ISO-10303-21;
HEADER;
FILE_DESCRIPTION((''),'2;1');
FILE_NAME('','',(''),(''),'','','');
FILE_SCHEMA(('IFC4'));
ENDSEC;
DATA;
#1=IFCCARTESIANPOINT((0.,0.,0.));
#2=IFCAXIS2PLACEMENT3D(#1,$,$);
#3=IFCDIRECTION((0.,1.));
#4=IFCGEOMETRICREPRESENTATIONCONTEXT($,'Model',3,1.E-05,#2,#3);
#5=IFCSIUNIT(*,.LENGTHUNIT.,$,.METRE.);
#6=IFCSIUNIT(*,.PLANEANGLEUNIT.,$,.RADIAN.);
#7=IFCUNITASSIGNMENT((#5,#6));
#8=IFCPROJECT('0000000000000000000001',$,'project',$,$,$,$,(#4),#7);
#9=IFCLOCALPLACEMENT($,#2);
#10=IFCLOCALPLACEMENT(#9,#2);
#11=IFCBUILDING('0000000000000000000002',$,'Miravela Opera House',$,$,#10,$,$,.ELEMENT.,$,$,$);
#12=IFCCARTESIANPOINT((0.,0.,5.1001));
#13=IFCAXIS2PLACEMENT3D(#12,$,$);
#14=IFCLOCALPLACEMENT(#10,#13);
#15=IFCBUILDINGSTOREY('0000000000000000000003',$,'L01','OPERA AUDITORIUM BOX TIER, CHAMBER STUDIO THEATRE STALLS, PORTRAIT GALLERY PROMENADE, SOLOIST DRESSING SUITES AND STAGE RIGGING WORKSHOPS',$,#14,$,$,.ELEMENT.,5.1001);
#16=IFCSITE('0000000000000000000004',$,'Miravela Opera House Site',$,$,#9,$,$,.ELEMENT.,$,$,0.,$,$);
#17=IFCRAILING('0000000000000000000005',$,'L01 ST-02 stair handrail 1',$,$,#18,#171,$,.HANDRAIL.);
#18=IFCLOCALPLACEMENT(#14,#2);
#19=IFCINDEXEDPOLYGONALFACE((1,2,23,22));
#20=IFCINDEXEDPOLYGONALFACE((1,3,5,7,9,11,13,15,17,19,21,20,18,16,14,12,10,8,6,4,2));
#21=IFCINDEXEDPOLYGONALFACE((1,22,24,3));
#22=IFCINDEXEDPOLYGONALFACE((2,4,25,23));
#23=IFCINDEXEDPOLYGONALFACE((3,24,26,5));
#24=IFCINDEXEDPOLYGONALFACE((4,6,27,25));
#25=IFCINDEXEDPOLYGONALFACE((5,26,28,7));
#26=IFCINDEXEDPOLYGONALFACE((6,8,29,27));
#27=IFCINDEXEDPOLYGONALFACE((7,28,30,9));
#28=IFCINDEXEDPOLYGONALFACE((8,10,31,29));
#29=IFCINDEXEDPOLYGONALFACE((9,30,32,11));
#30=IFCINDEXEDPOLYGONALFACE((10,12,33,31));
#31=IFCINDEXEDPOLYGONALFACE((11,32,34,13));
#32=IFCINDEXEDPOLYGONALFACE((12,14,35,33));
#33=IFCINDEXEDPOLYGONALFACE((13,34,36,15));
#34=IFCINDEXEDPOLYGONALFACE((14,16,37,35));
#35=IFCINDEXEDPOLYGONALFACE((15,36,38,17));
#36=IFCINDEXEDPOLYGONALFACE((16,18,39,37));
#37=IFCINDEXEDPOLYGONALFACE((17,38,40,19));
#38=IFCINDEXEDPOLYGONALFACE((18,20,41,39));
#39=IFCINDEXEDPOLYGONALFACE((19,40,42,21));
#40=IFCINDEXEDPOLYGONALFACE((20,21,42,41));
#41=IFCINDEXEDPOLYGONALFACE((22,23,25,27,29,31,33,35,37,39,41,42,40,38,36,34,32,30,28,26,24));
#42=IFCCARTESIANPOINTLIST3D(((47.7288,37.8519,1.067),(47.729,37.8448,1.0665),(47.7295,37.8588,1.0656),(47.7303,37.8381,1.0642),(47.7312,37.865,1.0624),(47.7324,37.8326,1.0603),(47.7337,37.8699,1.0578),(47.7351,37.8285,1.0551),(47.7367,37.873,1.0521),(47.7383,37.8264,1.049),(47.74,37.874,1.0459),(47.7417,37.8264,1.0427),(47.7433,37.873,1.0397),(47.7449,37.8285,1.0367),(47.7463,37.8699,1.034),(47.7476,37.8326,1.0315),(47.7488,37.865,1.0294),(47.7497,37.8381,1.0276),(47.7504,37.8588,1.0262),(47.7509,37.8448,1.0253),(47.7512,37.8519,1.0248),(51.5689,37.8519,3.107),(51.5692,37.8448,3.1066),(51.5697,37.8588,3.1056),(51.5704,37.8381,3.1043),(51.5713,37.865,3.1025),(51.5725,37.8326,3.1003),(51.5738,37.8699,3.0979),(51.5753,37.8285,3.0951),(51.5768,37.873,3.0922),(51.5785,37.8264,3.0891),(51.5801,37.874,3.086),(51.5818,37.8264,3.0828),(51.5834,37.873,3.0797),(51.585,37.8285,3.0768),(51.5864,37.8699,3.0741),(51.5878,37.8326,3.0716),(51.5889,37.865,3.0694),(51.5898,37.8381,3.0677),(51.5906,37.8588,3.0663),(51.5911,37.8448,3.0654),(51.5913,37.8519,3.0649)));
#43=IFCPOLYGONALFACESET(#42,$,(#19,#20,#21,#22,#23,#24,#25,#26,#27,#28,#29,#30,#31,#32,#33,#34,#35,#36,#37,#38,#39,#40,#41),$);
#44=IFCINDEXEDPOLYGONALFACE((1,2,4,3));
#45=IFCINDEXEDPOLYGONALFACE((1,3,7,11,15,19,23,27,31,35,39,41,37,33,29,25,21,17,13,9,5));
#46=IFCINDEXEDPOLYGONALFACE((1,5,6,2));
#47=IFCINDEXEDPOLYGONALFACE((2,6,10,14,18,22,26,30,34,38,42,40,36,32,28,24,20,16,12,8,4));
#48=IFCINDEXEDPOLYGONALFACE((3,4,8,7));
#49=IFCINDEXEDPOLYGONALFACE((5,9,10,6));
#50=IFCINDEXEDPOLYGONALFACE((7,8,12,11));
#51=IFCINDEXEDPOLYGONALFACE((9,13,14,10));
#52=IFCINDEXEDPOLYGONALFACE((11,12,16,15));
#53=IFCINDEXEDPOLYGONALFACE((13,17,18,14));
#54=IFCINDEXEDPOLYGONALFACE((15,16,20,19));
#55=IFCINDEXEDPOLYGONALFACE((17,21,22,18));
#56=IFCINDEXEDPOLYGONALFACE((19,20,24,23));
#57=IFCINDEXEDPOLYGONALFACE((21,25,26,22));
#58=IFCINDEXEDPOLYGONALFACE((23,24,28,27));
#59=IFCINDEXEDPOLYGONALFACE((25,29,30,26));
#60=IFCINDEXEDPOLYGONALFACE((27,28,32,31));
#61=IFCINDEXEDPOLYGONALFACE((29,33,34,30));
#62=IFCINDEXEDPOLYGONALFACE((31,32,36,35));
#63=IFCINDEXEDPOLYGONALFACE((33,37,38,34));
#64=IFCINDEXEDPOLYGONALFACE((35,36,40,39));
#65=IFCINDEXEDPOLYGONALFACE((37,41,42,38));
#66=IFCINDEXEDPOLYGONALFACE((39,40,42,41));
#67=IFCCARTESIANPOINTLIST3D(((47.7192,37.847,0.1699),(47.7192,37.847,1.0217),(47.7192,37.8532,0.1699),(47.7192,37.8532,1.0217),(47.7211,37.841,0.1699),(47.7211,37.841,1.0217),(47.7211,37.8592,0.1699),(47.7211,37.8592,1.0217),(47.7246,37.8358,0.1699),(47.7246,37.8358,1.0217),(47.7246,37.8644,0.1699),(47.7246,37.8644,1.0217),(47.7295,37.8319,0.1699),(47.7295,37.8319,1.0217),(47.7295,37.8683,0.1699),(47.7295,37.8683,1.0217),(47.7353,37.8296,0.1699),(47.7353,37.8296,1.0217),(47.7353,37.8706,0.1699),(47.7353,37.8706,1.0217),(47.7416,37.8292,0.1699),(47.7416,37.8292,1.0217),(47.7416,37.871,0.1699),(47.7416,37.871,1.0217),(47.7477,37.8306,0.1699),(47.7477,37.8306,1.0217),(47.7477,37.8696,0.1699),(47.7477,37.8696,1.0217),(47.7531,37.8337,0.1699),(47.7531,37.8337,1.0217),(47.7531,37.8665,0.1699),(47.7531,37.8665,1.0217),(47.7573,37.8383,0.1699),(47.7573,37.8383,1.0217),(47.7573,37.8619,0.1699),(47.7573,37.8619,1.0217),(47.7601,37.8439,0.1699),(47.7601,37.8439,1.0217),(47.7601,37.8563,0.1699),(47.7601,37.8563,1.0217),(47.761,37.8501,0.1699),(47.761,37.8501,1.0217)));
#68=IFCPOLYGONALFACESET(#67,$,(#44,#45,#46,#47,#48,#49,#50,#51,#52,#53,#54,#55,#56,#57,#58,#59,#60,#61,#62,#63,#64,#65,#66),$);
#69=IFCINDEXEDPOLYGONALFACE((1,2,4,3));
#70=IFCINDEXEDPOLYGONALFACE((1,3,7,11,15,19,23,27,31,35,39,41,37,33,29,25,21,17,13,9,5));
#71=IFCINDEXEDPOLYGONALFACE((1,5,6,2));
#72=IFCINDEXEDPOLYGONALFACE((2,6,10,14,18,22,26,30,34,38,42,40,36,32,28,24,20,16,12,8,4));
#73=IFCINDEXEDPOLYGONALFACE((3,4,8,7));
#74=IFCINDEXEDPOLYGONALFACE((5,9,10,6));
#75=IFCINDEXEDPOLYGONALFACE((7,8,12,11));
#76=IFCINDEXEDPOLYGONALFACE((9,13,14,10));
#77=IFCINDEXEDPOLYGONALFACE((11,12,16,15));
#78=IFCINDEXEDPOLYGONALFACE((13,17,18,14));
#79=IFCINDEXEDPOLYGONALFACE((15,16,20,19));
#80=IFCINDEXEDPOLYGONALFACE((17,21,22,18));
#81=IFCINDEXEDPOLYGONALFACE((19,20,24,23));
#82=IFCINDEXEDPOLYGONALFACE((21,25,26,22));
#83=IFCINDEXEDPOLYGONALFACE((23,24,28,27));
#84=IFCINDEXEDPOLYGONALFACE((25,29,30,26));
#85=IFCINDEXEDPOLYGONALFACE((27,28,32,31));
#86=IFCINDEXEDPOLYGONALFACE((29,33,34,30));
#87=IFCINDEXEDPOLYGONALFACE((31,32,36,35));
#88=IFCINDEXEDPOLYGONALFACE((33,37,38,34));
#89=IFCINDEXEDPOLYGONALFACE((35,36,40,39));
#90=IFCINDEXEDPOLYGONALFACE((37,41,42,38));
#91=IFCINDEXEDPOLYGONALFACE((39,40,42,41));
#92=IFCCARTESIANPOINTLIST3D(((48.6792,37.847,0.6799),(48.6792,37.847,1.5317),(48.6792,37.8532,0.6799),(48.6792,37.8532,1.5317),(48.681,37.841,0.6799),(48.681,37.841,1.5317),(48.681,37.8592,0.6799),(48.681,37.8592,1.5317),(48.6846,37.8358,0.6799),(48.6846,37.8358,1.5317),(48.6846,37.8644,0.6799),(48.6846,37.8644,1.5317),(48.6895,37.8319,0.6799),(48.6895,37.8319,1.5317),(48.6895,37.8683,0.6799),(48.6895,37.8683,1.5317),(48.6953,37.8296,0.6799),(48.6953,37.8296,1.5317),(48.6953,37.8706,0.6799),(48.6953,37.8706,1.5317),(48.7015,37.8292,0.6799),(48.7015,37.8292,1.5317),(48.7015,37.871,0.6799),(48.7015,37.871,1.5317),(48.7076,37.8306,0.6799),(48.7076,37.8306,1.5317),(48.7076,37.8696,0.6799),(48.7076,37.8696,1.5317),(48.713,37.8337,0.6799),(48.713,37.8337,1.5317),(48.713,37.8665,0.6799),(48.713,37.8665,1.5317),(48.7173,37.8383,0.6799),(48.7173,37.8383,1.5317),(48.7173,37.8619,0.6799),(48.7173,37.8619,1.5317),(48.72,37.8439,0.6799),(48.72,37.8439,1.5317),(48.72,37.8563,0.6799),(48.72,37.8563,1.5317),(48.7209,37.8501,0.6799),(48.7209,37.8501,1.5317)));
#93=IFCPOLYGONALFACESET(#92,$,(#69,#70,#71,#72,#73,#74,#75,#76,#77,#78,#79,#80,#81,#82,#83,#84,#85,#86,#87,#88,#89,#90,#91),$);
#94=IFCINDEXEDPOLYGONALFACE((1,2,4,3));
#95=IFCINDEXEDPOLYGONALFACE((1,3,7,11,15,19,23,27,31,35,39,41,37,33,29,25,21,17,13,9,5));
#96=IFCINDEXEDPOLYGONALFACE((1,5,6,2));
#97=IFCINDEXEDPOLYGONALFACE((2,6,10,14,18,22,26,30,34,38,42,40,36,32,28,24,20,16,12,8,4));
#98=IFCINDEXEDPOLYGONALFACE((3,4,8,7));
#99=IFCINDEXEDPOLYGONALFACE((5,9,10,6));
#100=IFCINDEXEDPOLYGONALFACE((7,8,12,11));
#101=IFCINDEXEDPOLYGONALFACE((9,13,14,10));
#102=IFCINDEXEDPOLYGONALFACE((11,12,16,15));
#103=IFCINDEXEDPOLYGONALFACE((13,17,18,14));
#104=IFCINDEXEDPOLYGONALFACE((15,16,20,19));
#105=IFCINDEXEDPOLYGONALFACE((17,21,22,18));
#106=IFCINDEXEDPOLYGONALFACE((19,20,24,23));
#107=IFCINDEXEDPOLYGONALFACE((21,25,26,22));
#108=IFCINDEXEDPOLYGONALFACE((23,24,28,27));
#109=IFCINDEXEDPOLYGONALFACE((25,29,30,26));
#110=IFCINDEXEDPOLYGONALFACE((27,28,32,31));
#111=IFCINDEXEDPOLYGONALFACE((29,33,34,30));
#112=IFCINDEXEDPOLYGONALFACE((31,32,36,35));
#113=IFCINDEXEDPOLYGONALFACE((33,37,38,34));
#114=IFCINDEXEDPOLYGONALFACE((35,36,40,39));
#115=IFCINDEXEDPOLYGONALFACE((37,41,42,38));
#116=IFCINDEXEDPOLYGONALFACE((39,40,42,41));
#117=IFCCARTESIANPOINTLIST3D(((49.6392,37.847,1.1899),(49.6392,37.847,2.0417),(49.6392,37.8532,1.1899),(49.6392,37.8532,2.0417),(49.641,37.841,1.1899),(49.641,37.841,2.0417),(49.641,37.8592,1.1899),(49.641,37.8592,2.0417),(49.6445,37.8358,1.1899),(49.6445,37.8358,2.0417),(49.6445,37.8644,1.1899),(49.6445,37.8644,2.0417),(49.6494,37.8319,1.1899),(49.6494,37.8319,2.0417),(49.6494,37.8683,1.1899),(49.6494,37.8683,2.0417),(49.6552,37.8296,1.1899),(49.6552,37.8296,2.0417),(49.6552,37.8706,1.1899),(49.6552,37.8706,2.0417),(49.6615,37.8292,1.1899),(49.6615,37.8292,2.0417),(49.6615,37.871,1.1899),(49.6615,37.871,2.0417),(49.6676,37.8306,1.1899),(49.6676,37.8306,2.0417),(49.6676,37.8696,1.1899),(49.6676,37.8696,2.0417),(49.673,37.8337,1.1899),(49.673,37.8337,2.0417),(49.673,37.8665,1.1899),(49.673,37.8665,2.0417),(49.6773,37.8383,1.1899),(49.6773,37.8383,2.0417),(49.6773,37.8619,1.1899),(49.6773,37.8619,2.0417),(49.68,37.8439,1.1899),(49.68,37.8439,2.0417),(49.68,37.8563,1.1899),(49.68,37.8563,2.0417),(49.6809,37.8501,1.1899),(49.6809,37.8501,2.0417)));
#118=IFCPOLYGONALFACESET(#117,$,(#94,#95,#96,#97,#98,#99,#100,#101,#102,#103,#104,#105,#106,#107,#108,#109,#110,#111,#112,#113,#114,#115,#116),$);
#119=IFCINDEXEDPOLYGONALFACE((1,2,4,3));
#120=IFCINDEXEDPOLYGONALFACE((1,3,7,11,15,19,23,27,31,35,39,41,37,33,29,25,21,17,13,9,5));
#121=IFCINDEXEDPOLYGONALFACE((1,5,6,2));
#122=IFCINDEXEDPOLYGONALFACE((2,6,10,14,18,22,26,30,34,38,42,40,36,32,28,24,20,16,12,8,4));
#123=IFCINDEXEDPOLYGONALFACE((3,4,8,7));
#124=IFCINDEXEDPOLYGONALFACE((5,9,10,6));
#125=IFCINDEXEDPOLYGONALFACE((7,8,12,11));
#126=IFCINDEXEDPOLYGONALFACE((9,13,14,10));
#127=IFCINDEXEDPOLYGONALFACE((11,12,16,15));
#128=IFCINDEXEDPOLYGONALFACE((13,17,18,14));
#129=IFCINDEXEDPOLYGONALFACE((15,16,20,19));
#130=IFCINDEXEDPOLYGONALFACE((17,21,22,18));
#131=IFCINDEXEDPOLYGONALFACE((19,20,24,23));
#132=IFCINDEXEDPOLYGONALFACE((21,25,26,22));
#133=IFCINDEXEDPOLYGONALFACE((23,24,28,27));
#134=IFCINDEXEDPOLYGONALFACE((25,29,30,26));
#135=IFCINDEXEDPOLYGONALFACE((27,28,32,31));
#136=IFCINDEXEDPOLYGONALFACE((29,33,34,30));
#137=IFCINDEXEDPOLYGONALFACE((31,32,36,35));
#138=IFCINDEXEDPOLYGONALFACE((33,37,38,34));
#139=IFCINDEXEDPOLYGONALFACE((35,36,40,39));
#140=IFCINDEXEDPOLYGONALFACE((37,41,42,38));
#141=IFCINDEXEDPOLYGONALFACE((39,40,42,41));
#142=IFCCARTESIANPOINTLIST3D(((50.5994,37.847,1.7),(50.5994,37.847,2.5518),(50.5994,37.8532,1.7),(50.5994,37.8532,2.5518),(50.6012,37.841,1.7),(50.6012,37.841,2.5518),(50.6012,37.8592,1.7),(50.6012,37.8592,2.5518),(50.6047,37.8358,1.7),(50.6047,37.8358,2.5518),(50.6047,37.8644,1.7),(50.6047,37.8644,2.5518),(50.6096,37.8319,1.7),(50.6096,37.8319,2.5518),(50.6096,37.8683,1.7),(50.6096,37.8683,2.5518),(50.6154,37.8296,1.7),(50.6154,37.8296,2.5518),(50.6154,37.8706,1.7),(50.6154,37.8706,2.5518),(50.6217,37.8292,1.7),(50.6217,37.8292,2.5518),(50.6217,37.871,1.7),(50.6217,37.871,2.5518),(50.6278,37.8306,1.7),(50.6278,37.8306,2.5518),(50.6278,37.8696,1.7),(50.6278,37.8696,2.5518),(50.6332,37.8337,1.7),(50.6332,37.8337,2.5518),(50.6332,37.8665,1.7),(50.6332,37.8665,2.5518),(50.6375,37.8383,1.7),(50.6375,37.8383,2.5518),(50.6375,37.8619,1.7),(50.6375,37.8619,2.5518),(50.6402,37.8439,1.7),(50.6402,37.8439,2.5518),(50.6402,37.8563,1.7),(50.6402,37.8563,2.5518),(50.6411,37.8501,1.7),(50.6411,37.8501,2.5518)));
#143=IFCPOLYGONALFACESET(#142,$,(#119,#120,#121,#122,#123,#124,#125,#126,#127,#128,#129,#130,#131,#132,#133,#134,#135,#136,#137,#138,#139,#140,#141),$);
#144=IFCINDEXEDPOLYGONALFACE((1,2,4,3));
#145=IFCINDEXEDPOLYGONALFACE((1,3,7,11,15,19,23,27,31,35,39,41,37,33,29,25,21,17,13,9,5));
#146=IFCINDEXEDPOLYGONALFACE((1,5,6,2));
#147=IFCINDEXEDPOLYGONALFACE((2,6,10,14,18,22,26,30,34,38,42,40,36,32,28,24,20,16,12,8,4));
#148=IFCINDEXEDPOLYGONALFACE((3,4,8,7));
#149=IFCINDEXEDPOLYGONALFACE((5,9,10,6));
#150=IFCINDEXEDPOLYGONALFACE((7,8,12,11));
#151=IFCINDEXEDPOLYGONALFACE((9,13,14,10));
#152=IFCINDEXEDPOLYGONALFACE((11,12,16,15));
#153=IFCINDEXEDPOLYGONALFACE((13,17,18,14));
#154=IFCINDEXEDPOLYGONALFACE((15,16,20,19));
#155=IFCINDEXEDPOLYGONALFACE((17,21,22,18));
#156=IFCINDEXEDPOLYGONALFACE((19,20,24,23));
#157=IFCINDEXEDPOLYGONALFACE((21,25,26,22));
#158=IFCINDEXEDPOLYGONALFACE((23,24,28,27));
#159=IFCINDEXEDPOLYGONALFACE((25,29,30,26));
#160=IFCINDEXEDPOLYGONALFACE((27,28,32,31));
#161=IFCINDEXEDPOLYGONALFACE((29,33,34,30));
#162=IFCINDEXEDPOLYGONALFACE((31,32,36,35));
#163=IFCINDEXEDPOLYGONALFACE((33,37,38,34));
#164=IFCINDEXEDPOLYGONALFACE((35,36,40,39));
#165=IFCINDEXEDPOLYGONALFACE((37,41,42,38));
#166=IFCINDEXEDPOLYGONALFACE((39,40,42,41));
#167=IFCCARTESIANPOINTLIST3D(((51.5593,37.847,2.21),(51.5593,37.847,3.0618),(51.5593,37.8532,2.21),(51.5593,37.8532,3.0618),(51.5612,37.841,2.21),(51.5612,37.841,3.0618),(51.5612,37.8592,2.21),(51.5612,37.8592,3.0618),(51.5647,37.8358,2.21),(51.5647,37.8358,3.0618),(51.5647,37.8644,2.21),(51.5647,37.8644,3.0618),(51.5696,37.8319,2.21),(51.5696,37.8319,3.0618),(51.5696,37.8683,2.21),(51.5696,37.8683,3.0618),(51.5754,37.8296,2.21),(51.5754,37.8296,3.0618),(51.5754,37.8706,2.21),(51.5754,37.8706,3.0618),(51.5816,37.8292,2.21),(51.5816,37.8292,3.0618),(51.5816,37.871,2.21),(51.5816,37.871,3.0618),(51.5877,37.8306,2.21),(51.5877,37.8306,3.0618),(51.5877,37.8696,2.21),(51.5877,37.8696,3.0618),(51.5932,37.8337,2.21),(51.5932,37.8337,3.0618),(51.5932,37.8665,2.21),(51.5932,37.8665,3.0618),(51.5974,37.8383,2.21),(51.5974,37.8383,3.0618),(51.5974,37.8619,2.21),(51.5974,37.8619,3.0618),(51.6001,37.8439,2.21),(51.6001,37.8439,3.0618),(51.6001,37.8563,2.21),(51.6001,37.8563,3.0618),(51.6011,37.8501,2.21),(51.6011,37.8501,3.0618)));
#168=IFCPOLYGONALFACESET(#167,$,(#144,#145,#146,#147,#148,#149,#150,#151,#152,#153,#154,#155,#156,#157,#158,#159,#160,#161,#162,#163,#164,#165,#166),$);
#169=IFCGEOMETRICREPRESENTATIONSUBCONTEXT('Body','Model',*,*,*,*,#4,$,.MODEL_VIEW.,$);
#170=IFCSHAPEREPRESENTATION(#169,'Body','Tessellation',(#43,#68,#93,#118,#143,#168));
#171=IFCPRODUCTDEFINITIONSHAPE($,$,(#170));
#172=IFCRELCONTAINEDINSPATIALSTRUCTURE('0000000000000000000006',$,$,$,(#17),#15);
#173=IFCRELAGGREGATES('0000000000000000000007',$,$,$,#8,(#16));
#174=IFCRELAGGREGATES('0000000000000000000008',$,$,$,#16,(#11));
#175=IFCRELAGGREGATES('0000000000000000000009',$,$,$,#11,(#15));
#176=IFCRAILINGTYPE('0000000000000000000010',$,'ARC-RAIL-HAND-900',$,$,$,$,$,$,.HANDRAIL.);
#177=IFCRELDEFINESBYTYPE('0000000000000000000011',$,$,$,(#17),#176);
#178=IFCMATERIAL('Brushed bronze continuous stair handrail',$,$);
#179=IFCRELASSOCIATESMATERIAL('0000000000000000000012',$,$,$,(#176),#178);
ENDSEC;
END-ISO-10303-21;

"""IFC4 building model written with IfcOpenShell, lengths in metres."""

from ifc_helpers import new_model, si_unit, direction, frame, origin, origin_2d, place, context, subcontext, project, spatial, circle, extrude, material, type_object, element, save


model = new_model("IFC4")

# Units and contexts
model_context = context("Model", 3, precision=1e-05, world=origin(), true_north=direction((0.0, 1.0)))
body_context = subcontext(model_context, "Body", "Model", "MODEL_VIEW")
ifc_project = project(units=[si_unit("LENGTHUNIT", "METRE"), si_unit("PLANEANGLEUNIT", "RADIAN")], contexts=[model_context])

# Site, building, storey
site_placement = place(None, origin())
site = spatial("IfcSite", under=ifc_project, at=site_placement, Name="Miravela Opera House Site", CompositionType="ELEMENT", RefElevation=0.0)
building_placement = place(site_placement, origin())
building = spatial("IfcBuilding", under=site, at=building_placement, Name="Miravela Opera House", CompositionType="ELEMENT")
storey_placement = place(building_placement, frame((0.0, 0.0, 5.1001)))
storey = spatial("IfcBuildingStorey", under=building, at=storey_placement, Name="L01", Description="OPERA AUDITORIUM BOX TIER, CHAMBER STUDIO THEATRE STALLS, PORTRAIT GALLERY PROMENADE, SOLOIST DRESSING SUITES AND STAGE RIGGING WORKSHOPS", CompositionType="ELEMENT", Elevation=5.1001)

# Railing
ifc_material_1 = material(Name="Brushed bronze continuous stair handrail")
railing_type_1 = type_object("IfcRailingType", Name="ARC-RAIL-HAND-900", PredefinedType="HANDRAIL", material=ifc_material_1)
railing_1_placement = place(storey_placement, frame((47.74, 37.8501, 0.1699)))
element("IfcRailing", 1, at=railing_1_placement, inside=storey, type_object=railing_type_1, Name="L01 ST-02 stair handrail 1", PredefinedType="HANDRAIL", context=body_context, shape_type="SweptSolid", body=[
    extrude(circle(Radius=0.0239, at=origin_2d()), frame((0.0, 0.0, 0.876), z_axis=(0.883116, 0.0, 0.469154), x_axis=(0.0, 1.0, 0.0)), (0.0, 0.0, 1.0), 4.3484),
    extrude(circle(Radius=0.021, at=origin_2d()), origin(), (0.0, 0.0, 1.0), 0.8518),
    extrude(circle(Radius=0.021, at=origin_2d()), frame((0.96, 0.0, 0.51)), (0.0, 0.0, 1.0), 0.8518),
    extrude(circle(Radius=0.021, at=origin_2d()), frame((1.9199, 0.0, 1.02)), (0.0, 0.0, 1.0), 0.8518),
    extrude(circle(Radius=0.021, at=origin_2d()), frame((2.8801, 0.0, 1.53)), (0.0, 0.0, 1.0), 0.8518),
    extrude(circle(Radius=0.021, at=origin_2d()), frame((3.8401, 0.0, 2.04)), (0.0, 0.0, 1.0), 0.8518),
])

save(model, "model.ifc")
